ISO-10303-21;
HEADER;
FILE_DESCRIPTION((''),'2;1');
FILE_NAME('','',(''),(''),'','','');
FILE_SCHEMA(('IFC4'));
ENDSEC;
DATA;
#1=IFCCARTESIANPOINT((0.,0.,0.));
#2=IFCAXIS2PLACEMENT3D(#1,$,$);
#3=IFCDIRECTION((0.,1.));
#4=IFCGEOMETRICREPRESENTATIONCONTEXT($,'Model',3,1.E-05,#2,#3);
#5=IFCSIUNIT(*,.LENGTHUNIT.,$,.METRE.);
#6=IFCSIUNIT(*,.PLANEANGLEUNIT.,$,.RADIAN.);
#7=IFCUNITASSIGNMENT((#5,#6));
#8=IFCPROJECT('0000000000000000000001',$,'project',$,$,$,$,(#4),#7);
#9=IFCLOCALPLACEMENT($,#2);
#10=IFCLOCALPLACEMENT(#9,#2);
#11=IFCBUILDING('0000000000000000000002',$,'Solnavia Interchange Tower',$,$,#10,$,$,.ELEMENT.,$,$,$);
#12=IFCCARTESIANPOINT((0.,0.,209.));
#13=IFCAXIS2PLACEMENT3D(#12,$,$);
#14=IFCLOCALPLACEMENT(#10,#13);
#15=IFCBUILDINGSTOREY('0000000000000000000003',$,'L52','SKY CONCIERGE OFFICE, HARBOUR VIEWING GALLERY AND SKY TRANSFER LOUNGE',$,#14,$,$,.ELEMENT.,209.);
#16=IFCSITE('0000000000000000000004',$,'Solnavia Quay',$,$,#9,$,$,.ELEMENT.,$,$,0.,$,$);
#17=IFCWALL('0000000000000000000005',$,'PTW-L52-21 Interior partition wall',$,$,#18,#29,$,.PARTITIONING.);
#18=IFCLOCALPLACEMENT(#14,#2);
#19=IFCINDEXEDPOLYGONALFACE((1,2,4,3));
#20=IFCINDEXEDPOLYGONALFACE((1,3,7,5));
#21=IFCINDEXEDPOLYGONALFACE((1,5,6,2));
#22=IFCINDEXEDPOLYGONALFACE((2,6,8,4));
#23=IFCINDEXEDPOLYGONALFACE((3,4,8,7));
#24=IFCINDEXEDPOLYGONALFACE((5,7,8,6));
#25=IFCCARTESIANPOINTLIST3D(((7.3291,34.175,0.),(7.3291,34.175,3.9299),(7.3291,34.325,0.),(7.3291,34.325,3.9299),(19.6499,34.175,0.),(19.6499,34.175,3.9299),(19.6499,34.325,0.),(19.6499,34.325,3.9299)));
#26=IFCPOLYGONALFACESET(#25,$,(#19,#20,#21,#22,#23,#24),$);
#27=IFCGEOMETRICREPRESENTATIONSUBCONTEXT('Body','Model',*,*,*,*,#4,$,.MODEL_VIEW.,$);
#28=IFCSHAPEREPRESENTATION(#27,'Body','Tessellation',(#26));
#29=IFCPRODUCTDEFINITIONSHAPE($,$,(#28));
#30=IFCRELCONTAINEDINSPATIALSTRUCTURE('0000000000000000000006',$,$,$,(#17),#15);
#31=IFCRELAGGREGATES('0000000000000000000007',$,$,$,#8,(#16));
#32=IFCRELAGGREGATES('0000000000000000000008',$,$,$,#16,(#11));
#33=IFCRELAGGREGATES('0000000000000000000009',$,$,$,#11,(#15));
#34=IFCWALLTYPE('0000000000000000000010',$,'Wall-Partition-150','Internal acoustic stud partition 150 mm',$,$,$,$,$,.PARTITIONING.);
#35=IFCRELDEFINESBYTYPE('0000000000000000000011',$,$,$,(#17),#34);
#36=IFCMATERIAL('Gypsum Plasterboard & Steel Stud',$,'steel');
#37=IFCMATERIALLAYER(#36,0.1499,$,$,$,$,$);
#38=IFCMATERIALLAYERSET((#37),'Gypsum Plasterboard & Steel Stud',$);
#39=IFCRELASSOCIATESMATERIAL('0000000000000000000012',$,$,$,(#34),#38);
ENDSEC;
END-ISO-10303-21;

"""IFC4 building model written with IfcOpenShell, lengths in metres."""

from ifc_helpers import new_model, si_unit, direction, frame, frame_2d, origin, place, context, subcontext, project, spatial, rectangle, extrude, material, layer, layer_set, type_object, element, save


model = new_model("IFC4")

# Units and contexts
model_context = context("Model", 3, precision=1e-05, world=origin(), true_north=direction((0.0, 1.0)))
body_context = subcontext(model_context, "Body", "Model", "MODEL_VIEW")
ifc_project = project(units=[si_unit("LENGTHUNIT", "METRE"), si_unit("PLANEANGLEUNIT", "RADIAN")], contexts=[model_context])

# Site, building, storey
site_placement = place(None, origin())
site = spatial("IfcSite", under=ifc_project, at=site_placement, Name="Solnavia Quay", CompositionType="ELEMENT", RefElevation=0.0)
building_placement = place(site_placement, origin())
building = spatial("IfcBuilding", under=site, at=building_placement, Name="Solnavia Interchange Tower", CompositionType="ELEMENT")
storey_placement = place(building_placement, frame((0.0, 0.0, 209.0)))
storey = spatial("IfcBuildingStorey", under=building, at=storey_placement, Name="L52", Description="SKY CONCIERGE OFFICE, HARBOUR VIEWING GALLERY AND SKY TRANSFER LOUNGE", CompositionType="ELEMENT", Elevation=209.0)

# Wall
ifc_material_1 = material(Name="Gypsum Plasterboard & Steel Stud", Category="steel")
ifc_layer_1 = layer(ifc_material_1, 0.1499)
ifc_layer_set_1 = layer_set([ifc_layer_1], Name="Gypsum Plasterboard & Steel Stud")
wall_type_1 = type_object("IfcWallType", Name="Wall-Partition-150", Description="Internal acoustic stud partition 150 mm", PredefinedType="PARTITIONING", material=ifc_layer_set_1)
wall_1_placement = place(storey_placement, frame((7.3291, 34.25, 0.0), z_axis=(0.0, 0.0, 1.0), x_axis=(1.0, 0.0, 0.0)))
element("IfcWall", 1, at=wall_1_placement, inside=storey, type_object=wall_type_1, Name="PTW-L52-21 Interior partition wall", PredefinedType="PARTITIONING", context=body_context, shape_type="SweptSolid", body=[
    extrude(rectangle(XDim=12.3208, YDim=0.1499, at=frame_2d((6.1604, 0.0))), origin(), (0.0, 0.0, 1.0), 3.9299),
])

save(model, "model.ifc")
